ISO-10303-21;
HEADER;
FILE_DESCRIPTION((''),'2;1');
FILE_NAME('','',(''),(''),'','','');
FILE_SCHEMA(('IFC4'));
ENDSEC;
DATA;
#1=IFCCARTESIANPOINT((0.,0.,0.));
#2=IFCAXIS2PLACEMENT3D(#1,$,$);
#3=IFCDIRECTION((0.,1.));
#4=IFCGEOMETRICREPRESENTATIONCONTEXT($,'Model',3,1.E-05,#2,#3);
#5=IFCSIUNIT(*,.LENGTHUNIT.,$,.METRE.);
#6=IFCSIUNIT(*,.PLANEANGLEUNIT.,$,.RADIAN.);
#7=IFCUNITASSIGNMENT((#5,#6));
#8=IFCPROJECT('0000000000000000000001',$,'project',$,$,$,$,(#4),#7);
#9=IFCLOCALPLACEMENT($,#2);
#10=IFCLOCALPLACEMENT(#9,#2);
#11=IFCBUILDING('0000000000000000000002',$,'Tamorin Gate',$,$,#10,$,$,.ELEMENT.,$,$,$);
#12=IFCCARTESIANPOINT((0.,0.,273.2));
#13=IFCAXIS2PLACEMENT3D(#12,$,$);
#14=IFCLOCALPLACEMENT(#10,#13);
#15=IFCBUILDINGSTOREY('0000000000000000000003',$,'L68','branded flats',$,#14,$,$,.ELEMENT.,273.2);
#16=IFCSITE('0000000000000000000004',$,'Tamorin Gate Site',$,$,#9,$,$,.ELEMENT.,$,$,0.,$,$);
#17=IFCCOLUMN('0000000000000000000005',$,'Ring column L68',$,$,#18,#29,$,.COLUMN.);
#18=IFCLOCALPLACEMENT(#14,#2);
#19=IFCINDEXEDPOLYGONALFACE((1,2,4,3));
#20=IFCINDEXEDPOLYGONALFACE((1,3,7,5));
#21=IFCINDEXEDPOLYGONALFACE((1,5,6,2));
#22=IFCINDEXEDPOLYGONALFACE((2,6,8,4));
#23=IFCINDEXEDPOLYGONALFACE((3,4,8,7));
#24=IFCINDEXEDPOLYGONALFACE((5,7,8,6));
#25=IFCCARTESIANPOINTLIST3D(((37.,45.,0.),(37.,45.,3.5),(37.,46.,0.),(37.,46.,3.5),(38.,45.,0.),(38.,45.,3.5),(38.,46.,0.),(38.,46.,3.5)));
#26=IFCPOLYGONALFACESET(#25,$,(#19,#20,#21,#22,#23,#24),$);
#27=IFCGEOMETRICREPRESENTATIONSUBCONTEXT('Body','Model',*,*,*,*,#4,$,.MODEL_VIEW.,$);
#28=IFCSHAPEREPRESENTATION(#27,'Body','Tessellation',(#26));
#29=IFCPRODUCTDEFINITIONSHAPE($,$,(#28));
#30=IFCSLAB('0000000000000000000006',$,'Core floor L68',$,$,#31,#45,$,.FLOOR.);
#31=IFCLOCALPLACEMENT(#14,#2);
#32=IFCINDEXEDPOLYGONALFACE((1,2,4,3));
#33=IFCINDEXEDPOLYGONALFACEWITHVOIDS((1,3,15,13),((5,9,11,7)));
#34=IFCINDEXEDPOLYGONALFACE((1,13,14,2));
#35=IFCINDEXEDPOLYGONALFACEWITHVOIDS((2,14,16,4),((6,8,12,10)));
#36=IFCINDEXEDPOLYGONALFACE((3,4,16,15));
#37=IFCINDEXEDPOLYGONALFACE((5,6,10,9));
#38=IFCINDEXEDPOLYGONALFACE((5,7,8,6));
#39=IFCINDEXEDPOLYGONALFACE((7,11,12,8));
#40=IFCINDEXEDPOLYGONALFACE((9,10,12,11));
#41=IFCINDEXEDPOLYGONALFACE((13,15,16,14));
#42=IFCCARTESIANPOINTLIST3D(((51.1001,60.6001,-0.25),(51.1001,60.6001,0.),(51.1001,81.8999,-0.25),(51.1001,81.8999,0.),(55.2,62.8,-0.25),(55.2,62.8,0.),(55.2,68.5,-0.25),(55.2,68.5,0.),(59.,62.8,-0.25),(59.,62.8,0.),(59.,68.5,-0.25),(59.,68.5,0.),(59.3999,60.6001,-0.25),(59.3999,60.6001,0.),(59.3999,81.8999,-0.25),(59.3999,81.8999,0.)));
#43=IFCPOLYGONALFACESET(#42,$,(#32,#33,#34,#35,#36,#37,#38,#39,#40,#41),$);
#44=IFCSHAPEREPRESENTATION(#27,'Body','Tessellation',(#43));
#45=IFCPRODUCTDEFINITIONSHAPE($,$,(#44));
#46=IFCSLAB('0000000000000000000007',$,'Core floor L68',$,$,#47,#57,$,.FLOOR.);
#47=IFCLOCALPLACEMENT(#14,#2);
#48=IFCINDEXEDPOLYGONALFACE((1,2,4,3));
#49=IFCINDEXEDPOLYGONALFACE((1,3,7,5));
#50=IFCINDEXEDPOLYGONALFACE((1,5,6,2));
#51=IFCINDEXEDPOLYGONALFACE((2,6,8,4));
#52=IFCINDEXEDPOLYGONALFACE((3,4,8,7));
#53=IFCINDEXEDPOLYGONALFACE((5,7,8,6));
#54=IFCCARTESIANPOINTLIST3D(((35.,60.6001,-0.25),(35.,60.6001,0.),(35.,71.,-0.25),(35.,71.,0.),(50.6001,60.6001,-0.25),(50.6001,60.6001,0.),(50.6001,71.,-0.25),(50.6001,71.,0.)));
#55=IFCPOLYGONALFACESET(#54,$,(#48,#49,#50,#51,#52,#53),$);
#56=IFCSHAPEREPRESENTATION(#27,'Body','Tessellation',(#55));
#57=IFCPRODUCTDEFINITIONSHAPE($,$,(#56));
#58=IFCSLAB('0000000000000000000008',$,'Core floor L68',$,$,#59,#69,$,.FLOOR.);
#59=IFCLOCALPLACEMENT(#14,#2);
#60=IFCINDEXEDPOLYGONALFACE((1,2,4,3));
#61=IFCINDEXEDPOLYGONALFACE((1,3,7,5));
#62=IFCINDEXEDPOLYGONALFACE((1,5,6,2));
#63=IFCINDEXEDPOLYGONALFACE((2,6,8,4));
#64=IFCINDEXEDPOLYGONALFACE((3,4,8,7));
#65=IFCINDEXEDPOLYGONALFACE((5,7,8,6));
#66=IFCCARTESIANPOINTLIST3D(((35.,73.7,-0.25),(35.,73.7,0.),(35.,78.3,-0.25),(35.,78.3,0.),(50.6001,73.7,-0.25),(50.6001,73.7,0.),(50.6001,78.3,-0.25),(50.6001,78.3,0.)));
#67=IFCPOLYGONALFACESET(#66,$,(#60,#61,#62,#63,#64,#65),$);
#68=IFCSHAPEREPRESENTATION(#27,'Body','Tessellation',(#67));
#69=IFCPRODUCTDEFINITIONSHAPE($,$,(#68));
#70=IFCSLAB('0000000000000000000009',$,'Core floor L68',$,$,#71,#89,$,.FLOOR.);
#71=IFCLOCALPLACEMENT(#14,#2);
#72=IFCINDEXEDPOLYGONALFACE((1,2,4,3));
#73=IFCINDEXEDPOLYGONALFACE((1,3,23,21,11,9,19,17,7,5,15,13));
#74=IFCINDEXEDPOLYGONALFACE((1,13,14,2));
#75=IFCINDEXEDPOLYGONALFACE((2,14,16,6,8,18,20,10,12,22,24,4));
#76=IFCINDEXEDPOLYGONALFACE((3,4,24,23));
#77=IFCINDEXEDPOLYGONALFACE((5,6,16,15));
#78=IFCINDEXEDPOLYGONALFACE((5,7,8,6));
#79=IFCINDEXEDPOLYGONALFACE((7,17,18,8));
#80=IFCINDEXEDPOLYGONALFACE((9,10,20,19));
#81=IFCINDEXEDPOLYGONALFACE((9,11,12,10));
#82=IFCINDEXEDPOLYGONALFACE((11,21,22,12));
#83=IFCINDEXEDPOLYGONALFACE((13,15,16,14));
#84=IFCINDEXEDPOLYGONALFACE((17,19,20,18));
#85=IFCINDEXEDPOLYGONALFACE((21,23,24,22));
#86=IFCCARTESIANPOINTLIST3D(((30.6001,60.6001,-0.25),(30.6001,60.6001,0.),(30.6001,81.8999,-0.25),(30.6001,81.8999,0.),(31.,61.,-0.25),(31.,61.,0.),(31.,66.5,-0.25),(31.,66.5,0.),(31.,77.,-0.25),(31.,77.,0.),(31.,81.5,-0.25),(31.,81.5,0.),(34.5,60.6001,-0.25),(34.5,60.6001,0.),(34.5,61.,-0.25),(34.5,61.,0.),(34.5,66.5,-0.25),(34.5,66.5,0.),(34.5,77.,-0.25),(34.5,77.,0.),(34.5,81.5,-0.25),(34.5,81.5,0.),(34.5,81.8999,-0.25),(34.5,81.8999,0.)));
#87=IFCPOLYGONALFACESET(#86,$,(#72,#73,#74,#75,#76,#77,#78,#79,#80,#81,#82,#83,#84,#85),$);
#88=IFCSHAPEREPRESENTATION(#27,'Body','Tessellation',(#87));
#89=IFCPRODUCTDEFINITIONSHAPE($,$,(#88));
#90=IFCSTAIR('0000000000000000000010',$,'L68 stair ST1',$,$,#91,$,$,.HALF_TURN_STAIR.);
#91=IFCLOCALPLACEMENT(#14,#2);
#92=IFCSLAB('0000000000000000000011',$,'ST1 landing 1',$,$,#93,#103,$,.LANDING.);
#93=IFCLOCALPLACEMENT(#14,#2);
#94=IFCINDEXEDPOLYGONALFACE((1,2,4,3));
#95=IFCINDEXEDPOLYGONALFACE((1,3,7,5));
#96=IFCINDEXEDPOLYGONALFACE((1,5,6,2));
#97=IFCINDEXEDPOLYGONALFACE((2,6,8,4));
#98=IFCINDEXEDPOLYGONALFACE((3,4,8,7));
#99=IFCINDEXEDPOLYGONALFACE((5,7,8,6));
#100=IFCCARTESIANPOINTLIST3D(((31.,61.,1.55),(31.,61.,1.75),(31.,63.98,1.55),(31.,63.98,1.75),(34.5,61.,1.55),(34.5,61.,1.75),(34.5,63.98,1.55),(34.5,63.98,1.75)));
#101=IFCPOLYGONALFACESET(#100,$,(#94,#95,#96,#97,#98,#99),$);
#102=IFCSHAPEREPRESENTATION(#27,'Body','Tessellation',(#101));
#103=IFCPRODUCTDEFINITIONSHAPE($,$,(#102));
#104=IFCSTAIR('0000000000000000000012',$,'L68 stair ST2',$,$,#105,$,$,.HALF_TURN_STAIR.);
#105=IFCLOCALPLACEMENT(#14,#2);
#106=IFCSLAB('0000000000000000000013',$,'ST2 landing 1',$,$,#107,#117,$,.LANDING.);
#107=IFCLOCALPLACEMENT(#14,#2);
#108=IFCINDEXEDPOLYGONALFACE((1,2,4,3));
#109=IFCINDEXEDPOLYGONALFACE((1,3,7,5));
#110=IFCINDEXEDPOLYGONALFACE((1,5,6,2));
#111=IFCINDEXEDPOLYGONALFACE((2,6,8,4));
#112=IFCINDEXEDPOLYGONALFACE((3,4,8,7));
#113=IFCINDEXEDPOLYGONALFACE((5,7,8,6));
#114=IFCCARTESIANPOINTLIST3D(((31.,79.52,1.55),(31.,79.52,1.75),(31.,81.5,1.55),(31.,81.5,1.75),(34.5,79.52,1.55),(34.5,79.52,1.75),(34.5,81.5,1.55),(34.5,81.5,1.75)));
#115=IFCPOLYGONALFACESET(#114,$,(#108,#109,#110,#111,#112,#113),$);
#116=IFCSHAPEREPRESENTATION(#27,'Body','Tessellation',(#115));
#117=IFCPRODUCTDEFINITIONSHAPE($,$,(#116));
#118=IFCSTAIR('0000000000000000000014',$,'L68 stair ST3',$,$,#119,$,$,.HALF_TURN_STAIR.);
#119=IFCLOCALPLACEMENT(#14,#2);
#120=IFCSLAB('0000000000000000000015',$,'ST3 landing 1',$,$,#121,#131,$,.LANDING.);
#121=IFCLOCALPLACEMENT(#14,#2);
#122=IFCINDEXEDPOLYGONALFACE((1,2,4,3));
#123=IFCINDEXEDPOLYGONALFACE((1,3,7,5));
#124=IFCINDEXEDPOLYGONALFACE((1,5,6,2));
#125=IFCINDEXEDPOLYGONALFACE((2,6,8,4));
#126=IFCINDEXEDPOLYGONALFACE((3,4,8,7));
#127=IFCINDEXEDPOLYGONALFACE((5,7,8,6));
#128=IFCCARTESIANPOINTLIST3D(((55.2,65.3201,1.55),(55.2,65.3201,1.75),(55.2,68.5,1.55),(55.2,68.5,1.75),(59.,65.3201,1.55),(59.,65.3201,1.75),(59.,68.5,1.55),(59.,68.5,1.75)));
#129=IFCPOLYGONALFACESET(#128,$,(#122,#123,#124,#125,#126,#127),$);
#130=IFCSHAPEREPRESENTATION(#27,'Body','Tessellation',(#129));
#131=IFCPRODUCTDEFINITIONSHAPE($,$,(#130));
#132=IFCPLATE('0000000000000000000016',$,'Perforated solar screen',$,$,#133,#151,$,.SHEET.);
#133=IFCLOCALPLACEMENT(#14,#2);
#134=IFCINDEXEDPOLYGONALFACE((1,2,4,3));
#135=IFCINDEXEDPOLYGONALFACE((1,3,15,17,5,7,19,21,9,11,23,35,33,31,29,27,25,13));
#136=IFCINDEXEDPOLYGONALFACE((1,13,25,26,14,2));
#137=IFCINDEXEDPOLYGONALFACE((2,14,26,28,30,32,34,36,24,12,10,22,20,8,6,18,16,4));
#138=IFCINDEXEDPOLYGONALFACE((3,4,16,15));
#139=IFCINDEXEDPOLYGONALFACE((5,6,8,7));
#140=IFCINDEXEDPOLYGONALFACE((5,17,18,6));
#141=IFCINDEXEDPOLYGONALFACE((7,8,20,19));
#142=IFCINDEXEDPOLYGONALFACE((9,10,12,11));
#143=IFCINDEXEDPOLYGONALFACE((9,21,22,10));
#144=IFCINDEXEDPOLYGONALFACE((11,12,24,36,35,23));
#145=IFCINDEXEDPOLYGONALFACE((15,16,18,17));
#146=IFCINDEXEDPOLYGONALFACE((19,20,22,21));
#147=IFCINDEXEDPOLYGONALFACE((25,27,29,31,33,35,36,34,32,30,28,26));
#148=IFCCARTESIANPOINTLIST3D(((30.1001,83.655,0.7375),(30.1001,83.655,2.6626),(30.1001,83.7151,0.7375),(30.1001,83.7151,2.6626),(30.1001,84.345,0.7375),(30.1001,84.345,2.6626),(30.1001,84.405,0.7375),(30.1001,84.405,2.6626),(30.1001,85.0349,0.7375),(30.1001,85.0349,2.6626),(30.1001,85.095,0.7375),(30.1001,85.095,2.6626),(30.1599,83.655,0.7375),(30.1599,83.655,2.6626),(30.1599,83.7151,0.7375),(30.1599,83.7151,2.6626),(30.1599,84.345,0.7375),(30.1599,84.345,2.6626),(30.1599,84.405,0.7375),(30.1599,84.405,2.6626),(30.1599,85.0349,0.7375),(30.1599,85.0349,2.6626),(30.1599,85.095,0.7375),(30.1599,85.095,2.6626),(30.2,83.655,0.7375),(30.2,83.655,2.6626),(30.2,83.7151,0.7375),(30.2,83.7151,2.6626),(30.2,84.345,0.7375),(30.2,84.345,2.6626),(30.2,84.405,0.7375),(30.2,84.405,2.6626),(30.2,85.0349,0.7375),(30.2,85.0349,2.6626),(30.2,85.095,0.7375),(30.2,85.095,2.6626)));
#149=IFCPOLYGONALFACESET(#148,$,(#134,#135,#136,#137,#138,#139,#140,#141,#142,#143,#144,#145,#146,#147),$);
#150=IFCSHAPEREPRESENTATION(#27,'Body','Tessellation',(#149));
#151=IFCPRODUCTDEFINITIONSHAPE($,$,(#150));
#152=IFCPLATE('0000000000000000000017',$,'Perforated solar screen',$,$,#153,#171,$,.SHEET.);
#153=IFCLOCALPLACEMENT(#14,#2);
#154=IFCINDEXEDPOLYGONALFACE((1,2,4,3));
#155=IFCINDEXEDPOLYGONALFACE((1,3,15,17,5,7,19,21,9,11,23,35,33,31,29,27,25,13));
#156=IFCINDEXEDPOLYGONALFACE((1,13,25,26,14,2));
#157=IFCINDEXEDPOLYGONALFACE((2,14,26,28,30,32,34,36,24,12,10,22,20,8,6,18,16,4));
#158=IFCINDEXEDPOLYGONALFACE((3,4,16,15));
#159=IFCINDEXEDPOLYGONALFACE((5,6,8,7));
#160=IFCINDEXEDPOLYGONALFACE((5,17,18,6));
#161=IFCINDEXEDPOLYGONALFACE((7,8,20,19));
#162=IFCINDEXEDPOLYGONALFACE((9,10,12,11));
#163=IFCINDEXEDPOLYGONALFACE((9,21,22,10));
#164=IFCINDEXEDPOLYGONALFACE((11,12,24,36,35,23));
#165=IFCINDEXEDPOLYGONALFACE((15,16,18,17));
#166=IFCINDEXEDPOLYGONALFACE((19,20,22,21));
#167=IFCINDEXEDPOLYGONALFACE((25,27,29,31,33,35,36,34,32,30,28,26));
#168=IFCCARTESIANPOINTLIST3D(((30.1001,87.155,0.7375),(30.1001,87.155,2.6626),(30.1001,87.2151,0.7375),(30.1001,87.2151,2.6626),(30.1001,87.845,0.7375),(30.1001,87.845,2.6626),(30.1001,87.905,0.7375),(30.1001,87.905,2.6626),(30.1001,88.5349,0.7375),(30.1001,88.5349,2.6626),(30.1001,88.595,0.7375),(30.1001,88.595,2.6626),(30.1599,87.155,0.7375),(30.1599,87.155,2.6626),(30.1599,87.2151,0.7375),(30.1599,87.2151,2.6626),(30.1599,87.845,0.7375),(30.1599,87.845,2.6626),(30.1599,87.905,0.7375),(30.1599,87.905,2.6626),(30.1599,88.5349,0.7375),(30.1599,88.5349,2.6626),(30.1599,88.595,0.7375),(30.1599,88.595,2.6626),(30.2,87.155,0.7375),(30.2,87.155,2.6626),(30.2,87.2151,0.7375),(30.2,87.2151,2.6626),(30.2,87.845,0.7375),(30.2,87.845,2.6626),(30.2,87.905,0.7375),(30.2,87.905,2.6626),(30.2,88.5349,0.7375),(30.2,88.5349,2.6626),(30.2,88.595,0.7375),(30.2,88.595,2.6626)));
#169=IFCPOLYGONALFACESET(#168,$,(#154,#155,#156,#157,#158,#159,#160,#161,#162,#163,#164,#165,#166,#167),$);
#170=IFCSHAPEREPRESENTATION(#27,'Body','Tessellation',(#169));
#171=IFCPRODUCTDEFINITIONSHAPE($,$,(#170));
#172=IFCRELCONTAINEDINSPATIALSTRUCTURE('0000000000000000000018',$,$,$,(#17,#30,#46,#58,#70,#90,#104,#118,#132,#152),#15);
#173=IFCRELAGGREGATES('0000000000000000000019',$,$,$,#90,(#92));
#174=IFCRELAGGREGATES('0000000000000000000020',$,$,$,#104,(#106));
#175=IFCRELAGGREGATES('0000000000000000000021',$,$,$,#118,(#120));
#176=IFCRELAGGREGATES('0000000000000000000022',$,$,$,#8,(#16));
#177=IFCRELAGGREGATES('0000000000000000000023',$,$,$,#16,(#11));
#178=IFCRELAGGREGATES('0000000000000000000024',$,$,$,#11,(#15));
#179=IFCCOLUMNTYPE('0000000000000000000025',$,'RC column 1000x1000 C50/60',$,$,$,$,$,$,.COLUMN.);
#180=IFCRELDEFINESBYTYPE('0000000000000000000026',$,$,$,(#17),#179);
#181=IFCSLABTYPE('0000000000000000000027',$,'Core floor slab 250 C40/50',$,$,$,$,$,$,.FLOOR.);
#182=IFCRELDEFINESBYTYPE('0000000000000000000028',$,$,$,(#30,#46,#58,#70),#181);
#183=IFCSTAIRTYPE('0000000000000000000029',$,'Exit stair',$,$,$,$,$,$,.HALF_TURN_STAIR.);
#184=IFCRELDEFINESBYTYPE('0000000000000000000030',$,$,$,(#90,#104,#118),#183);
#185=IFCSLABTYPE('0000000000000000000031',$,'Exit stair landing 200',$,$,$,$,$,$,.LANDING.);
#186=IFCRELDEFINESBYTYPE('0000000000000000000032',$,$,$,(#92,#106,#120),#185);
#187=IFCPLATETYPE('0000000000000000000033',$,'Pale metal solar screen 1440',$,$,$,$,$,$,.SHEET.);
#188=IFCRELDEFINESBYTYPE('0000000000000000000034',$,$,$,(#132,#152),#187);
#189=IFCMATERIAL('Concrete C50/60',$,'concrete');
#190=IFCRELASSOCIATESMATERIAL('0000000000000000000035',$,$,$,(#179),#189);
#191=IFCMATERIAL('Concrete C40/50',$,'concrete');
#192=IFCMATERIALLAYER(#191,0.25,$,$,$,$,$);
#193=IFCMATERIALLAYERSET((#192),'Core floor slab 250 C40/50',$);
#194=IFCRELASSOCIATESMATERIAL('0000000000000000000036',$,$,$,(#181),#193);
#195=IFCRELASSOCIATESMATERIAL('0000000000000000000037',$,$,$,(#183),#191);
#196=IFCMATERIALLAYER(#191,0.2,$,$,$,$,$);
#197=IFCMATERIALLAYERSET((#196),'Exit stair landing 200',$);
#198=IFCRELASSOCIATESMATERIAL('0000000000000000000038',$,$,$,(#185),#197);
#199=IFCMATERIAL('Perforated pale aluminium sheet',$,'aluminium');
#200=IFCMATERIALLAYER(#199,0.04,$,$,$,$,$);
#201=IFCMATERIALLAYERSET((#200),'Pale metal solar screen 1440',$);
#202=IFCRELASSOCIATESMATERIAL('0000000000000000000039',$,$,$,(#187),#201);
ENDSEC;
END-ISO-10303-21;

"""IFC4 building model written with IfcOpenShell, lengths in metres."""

from ifc_helpers import new_model, si_unit, direction, frame, origin, origin_2d, place, context, subcontext, project, spatial, polyline, rectangle, outline, extrude, material, layer, layer_set, material_profile, profile_set, type_object, element, aggregate, save


model = new_model("IFC4")

# Units and contexts
model_context = context("Model", 3, precision=1e-05, world=origin(), true_north=direction((0.0, 1.0)))
body_context = subcontext(model_context, "Body", "Model", "MODEL_VIEW")
ifc_project = project(units=[si_unit("LENGTHUNIT", "METRE"), si_unit("PLANEANGLEUNIT", "RADIAN")], contexts=[model_context])

# Site, building, storey
site_placement = place(None, origin())
site = spatial("IfcSite", under=ifc_project, at=site_placement, Name="Tamorin Gate Site", CompositionType="ELEMENT", RefElevation=0.0)
building_placement = place(site_placement, origin())
building = spatial("IfcBuilding", under=site, at=building_placement, Name="Tamorin Gate", CompositionType="ELEMENT")
storey_placement = place(building_placement, frame((0.0, 0.0, 273.2)))
storey = spatial("IfcBuildingStorey", under=building, at=storey_placement, Name="L68", Description="branded flats", CompositionType="ELEMENT", Elevation=273.2)

# Column
ifc_material_1 = material(Name="Concrete C50/60", Category="concrete")
ifc_material_profile = material_profile(ifc_material_1, rectangle(XDim=1.0, YDim=1.0, at=origin_2d()), Name="RC 1000x1000")
ifc_profile_set = profile_set([ifc_material_profile], Name="Concrete C50/60")
column_type = type_object("IfcColumnType", Name="RC column 1000x1000 C50/60", PredefinedType="COLUMN", material=ifc_profile_set)
column_placement = place(storey_placement, frame((37.5, 45.5, 0.0), z_axis=(0.0, 0.0, 1.0), x_axis=(1.0, 0.0, 0.0)))
element("IfcColumn", 1, at=column_placement, inside=storey, type_object=column_type, Name="Ring column L68", PredefinedType="COLUMN", context=body_context, shape_type="SweptSolid", body=[
    extrude(rectangle(XDim=1.0, YDim=1.0, at=origin_2d()), origin(), (0.0, 0.0, 1.0), 3.5),
])

# Slabs
ifc_material_2 = material(Name="Concrete C40/50", Category="concrete")
ifc_layer_1 = layer(ifc_material_2, 0.25)
ifc_layer_set_1 = layer_set([ifc_layer_1], Name="Core floor slab 250 C40/50")
slab_type_1 = type_object("IfcSlabType", Name="Core floor slab 250 C40/50", PredefinedType="FLOOR", material=ifc_layer_set_1)
slab_1_placement = place(storey_placement, frame((0.0, 0.0, -0.25)))
element("IfcSlab", 2, at=slab_1_placement, inside=storey, type_object=slab_type_1, Name="Core floor L68", PredefinedType="FLOOR", context=body_context, shape_type="SweptSolid", body=[
    extrude(outline(polyline([(51.1001, 81.8999), (59.3999, 81.8999), (59.3999, 60.6001), (51.1001, 60.6001), (51.1001, 81.8999)]), holes=[polyline([(55.2, 62.8), (59.0, 62.8), (59.0, 68.5), (55.2, 68.5), (55.2, 62.8)])]), origin(), (0.0, 0.0, 1.0), 0.25),
])
slab_2_placement = place(storey_placement, frame((0.0, 0.0, -0.25)))
element("IfcSlab", 3, at=slab_2_placement, inside=storey, type_object=slab_type_1, Name="Core floor L68", PredefinedType="FLOOR", context=body_context, shape_type="SweptSolid", body=[
    extrude(outline(polyline([(50.6001, 71.0), (50.6001, 60.6001), (35.0, 60.6001), (35.0, 71.0), (50.6001, 71.0)])), origin(), (0.0, 0.0, 1.0), 0.25),
])
slab_3_placement = place(storey_placement, frame((0.0, 0.0, -0.25)))
element("IfcSlab", 4, at=slab_3_placement, inside=storey, type_object=slab_type_1, Name="Core floor L68", PredefinedType="FLOOR", context=body_context, shape_type="SweptSolid", body=[
    extrude(outline(polyline([(50.6001, 73.7), (35.0, 73.7), (35.0, 78.3), (50.6001, 78.3), (50.6001, 73.7)])), origin(), (0.0, 0.0, 1.0), 0.25),
])
slab_4_placement = place(storey_placement, frame((0.0, 0.0, -0.25)))
element("IfcSlab", 5, at=slab_4_placement, inside=storey, type_object=slab_type_1, Name="Core floor L68", PredefinedType="FLOOR", context=body_context, shape_type="SweptSolid", body=[
    extrude(outline(polyline([(34.5, 60.6001), (30.6001, 60.6001), (30.6001, 81.8999), (34.5, 81.8999), (34.5, 81.5), (31.0, 81.5), (31.0, 77.0), (34.5, 77.0), (34.5, 66.5), (31.0, 66.5), (31.0, 61.0), (34.5, 61.0), (34.5, 60.6001)])), origin(), (0.0, 0.0, 1.0), 0.25),
])

# Stairs, slabs
stair_type = type_object("IfcStairType", Name="Exit stair", PredefinedType="HALF_TURN_STAIR", material=ifc_material_2)
stair_1_placement = place(storey_placement, origin())
stair_1 = element("IfcStair", 6, at=stair_1_placement, inside=storey, type_object=stair_type, Name="L68 stair ST1", PredefinedType="HALF_TURN_STAIR")
ifc_layer_2 = layer(ifc_material_2, 0.2)
ifc_layer_set_2 = layer_set([ifc_layer_2], Name="Exit stair landing 200")
slab_type_2 = type_object("IfcSlabType", Name="Exit stair landing 200", PredefinedType="LANDING", material=ifc_layer_set_2)
slab_5_placement = place(storey_placement, frame((0.0, 0.0, 1.55)))
slab_5 = element("IfcSlab", 7, at=slab_5_placement, type_object=slab_type_2, Name="ST1 landing 1", PredefinedType="LANDING", context=body_context, shape_type="SweptSolid", body=[
    extrude(outline(polyline([(31.0, 63.98), (31.0, 61.0), (34.5, 61.0), (34.5, 63.98), (31.0, 63.98)])), origin(), (0.0, 0.0, 1.0), 0.2),
])
aggregate(stair_1, [slab_5])
stair_2_placement = place(storey_placement, origin())
stair_2 = element("IfcStair", 8, at=stair_2_placement, inside=storey, type_object=stair_type, Name="L68 stair ST2", PredefinedType="HALF_TURN_STAIR")
slab_6_placement = place(storey_placement, frame((0.0, 0.0, 1.55)))
slab_6 = element("IfcSlab", 9, at=slab_6_placement, type_object=slab_type_2, Name="ST2 landing 1", PredefinedType="LANDING", context=body_context, shape_type="SweptSolid", body=[
    extrude(outline(polyline([(34.5, 79.52), (34.5, 81.5), (31.0, 81.5), (31.0, 79.52), (34.5, 79.52)])), origin(), (0.0, 0.0, 1.0), 0.2),
])
aggregate(stair_2, [slab_6])
stair_3_placement = place(storey_placement, origin())
stair_3 = element("IfcStair", 10, at=stair_3_placement, inside=storey, type_object=stair_type, Name="L68 stair ST3", PredefinedType="HALF_TURN_STAIR")
slab_7_placement = place(storey_placement, frame((0.0, 0.0, 1.55)))
slab_7 = element("IfcSlab", 11, at=slab_7_placement, type_object=slab_type_2, Name="ST3 landing 1", PredefinedType="LANDING", context=body_context, shape_type="SweptSolid", body=[
    extrude(outline(polyline([(59.0, 65.3201), (59.0, 68.5), (55.2, 68.5), (55.2, 65.3201), (59.0, 65.3201)])), origin(), (0.0, 0.0, 1.0), 0.2),
])
aggregate(stair_3, [slab_7])

# Plates
ifc_material_3 = material(Name="Perforated pale aluminium sheet", Category="aluminium")
ifc_layer_3 = layer(ifc_material_3, 0.04)
ifc_layer_set_3 = layer_set([ifc_layer_3], Name="Pale metal solar screen 1440")
plate_type = type_object("IfcPlateType", Name="Pale metal solar screen 1440", PredefinedType="SHEET", material=ifc_layer_set_3)
plate_1_placement = place(storey_placement, frame((0.0, 0.0, 0.7375)))
element("IfcPlate", 12, at=plate_1_placement, inside=storey, type_object=plate_type, Name="Perforated solar screen", PredefinedType="SHEET", context=body_context, shape_type="SweptSolid", body=[
    extrude(outline(polyline([(30.1599, 85.095), (30.2, 85.095), (30.2, 85.0349), (30.2, 84.405), (30.2, 84.345), (30.2, 83.7151), (30.2, 83.655), (30.2, 83.655), (30.1599, 83.655), (30.1599, 83.655), (30.1001, 83.655), (30.1001, 83.7151), (30.1599, 83.7151), (30.1599, 84.345), (30.1001, 84.345), (30.1001, 84.405), (30.1599, 84.405), (30.1599, 85.0349), (30.1001, 85.0349), (30.1001, 85.095), (30.1599, 85.095)])), origin(), (0.0, 0.0, 1.0), 1.925),
])
plate_2_placement = place(storey_placement, frame((0.0, 0.0, 0.7375)))
element("IfcPlate", 13, at=plate_2_placement, inside=storey, type_object=plate_type, Name="Perforated solar screen", PredefinedType="SHEET", context=body_context, shape_type="SweptSolid", body=[
    extrude(outline(polyline([(30.1599, 88.595), (30.2, 88.595), (30.2, 88.5349), (30.2, 87.905), (30.2, 87.845), (30.2, 87.2151), (30.2, 87.155), (30.2, 87.155), (30.1599, 87.155), (30.1599, 87.155), (30.1001, 87.155), (30.1001, 87.2151), (30.1599, 87.2151), (30.1599, 87.845), (30.1001, 87.845), (30.1001, 87.905), (30.1599, 87.905), (30.1599, 88.5349), (30.1001, 88.5349), (30.1001, 88.595), (30.1599, 88.595)])), origin(), (0.0, 0.0, 1.0), 1.925),
])

save(model, "model.ifc")
